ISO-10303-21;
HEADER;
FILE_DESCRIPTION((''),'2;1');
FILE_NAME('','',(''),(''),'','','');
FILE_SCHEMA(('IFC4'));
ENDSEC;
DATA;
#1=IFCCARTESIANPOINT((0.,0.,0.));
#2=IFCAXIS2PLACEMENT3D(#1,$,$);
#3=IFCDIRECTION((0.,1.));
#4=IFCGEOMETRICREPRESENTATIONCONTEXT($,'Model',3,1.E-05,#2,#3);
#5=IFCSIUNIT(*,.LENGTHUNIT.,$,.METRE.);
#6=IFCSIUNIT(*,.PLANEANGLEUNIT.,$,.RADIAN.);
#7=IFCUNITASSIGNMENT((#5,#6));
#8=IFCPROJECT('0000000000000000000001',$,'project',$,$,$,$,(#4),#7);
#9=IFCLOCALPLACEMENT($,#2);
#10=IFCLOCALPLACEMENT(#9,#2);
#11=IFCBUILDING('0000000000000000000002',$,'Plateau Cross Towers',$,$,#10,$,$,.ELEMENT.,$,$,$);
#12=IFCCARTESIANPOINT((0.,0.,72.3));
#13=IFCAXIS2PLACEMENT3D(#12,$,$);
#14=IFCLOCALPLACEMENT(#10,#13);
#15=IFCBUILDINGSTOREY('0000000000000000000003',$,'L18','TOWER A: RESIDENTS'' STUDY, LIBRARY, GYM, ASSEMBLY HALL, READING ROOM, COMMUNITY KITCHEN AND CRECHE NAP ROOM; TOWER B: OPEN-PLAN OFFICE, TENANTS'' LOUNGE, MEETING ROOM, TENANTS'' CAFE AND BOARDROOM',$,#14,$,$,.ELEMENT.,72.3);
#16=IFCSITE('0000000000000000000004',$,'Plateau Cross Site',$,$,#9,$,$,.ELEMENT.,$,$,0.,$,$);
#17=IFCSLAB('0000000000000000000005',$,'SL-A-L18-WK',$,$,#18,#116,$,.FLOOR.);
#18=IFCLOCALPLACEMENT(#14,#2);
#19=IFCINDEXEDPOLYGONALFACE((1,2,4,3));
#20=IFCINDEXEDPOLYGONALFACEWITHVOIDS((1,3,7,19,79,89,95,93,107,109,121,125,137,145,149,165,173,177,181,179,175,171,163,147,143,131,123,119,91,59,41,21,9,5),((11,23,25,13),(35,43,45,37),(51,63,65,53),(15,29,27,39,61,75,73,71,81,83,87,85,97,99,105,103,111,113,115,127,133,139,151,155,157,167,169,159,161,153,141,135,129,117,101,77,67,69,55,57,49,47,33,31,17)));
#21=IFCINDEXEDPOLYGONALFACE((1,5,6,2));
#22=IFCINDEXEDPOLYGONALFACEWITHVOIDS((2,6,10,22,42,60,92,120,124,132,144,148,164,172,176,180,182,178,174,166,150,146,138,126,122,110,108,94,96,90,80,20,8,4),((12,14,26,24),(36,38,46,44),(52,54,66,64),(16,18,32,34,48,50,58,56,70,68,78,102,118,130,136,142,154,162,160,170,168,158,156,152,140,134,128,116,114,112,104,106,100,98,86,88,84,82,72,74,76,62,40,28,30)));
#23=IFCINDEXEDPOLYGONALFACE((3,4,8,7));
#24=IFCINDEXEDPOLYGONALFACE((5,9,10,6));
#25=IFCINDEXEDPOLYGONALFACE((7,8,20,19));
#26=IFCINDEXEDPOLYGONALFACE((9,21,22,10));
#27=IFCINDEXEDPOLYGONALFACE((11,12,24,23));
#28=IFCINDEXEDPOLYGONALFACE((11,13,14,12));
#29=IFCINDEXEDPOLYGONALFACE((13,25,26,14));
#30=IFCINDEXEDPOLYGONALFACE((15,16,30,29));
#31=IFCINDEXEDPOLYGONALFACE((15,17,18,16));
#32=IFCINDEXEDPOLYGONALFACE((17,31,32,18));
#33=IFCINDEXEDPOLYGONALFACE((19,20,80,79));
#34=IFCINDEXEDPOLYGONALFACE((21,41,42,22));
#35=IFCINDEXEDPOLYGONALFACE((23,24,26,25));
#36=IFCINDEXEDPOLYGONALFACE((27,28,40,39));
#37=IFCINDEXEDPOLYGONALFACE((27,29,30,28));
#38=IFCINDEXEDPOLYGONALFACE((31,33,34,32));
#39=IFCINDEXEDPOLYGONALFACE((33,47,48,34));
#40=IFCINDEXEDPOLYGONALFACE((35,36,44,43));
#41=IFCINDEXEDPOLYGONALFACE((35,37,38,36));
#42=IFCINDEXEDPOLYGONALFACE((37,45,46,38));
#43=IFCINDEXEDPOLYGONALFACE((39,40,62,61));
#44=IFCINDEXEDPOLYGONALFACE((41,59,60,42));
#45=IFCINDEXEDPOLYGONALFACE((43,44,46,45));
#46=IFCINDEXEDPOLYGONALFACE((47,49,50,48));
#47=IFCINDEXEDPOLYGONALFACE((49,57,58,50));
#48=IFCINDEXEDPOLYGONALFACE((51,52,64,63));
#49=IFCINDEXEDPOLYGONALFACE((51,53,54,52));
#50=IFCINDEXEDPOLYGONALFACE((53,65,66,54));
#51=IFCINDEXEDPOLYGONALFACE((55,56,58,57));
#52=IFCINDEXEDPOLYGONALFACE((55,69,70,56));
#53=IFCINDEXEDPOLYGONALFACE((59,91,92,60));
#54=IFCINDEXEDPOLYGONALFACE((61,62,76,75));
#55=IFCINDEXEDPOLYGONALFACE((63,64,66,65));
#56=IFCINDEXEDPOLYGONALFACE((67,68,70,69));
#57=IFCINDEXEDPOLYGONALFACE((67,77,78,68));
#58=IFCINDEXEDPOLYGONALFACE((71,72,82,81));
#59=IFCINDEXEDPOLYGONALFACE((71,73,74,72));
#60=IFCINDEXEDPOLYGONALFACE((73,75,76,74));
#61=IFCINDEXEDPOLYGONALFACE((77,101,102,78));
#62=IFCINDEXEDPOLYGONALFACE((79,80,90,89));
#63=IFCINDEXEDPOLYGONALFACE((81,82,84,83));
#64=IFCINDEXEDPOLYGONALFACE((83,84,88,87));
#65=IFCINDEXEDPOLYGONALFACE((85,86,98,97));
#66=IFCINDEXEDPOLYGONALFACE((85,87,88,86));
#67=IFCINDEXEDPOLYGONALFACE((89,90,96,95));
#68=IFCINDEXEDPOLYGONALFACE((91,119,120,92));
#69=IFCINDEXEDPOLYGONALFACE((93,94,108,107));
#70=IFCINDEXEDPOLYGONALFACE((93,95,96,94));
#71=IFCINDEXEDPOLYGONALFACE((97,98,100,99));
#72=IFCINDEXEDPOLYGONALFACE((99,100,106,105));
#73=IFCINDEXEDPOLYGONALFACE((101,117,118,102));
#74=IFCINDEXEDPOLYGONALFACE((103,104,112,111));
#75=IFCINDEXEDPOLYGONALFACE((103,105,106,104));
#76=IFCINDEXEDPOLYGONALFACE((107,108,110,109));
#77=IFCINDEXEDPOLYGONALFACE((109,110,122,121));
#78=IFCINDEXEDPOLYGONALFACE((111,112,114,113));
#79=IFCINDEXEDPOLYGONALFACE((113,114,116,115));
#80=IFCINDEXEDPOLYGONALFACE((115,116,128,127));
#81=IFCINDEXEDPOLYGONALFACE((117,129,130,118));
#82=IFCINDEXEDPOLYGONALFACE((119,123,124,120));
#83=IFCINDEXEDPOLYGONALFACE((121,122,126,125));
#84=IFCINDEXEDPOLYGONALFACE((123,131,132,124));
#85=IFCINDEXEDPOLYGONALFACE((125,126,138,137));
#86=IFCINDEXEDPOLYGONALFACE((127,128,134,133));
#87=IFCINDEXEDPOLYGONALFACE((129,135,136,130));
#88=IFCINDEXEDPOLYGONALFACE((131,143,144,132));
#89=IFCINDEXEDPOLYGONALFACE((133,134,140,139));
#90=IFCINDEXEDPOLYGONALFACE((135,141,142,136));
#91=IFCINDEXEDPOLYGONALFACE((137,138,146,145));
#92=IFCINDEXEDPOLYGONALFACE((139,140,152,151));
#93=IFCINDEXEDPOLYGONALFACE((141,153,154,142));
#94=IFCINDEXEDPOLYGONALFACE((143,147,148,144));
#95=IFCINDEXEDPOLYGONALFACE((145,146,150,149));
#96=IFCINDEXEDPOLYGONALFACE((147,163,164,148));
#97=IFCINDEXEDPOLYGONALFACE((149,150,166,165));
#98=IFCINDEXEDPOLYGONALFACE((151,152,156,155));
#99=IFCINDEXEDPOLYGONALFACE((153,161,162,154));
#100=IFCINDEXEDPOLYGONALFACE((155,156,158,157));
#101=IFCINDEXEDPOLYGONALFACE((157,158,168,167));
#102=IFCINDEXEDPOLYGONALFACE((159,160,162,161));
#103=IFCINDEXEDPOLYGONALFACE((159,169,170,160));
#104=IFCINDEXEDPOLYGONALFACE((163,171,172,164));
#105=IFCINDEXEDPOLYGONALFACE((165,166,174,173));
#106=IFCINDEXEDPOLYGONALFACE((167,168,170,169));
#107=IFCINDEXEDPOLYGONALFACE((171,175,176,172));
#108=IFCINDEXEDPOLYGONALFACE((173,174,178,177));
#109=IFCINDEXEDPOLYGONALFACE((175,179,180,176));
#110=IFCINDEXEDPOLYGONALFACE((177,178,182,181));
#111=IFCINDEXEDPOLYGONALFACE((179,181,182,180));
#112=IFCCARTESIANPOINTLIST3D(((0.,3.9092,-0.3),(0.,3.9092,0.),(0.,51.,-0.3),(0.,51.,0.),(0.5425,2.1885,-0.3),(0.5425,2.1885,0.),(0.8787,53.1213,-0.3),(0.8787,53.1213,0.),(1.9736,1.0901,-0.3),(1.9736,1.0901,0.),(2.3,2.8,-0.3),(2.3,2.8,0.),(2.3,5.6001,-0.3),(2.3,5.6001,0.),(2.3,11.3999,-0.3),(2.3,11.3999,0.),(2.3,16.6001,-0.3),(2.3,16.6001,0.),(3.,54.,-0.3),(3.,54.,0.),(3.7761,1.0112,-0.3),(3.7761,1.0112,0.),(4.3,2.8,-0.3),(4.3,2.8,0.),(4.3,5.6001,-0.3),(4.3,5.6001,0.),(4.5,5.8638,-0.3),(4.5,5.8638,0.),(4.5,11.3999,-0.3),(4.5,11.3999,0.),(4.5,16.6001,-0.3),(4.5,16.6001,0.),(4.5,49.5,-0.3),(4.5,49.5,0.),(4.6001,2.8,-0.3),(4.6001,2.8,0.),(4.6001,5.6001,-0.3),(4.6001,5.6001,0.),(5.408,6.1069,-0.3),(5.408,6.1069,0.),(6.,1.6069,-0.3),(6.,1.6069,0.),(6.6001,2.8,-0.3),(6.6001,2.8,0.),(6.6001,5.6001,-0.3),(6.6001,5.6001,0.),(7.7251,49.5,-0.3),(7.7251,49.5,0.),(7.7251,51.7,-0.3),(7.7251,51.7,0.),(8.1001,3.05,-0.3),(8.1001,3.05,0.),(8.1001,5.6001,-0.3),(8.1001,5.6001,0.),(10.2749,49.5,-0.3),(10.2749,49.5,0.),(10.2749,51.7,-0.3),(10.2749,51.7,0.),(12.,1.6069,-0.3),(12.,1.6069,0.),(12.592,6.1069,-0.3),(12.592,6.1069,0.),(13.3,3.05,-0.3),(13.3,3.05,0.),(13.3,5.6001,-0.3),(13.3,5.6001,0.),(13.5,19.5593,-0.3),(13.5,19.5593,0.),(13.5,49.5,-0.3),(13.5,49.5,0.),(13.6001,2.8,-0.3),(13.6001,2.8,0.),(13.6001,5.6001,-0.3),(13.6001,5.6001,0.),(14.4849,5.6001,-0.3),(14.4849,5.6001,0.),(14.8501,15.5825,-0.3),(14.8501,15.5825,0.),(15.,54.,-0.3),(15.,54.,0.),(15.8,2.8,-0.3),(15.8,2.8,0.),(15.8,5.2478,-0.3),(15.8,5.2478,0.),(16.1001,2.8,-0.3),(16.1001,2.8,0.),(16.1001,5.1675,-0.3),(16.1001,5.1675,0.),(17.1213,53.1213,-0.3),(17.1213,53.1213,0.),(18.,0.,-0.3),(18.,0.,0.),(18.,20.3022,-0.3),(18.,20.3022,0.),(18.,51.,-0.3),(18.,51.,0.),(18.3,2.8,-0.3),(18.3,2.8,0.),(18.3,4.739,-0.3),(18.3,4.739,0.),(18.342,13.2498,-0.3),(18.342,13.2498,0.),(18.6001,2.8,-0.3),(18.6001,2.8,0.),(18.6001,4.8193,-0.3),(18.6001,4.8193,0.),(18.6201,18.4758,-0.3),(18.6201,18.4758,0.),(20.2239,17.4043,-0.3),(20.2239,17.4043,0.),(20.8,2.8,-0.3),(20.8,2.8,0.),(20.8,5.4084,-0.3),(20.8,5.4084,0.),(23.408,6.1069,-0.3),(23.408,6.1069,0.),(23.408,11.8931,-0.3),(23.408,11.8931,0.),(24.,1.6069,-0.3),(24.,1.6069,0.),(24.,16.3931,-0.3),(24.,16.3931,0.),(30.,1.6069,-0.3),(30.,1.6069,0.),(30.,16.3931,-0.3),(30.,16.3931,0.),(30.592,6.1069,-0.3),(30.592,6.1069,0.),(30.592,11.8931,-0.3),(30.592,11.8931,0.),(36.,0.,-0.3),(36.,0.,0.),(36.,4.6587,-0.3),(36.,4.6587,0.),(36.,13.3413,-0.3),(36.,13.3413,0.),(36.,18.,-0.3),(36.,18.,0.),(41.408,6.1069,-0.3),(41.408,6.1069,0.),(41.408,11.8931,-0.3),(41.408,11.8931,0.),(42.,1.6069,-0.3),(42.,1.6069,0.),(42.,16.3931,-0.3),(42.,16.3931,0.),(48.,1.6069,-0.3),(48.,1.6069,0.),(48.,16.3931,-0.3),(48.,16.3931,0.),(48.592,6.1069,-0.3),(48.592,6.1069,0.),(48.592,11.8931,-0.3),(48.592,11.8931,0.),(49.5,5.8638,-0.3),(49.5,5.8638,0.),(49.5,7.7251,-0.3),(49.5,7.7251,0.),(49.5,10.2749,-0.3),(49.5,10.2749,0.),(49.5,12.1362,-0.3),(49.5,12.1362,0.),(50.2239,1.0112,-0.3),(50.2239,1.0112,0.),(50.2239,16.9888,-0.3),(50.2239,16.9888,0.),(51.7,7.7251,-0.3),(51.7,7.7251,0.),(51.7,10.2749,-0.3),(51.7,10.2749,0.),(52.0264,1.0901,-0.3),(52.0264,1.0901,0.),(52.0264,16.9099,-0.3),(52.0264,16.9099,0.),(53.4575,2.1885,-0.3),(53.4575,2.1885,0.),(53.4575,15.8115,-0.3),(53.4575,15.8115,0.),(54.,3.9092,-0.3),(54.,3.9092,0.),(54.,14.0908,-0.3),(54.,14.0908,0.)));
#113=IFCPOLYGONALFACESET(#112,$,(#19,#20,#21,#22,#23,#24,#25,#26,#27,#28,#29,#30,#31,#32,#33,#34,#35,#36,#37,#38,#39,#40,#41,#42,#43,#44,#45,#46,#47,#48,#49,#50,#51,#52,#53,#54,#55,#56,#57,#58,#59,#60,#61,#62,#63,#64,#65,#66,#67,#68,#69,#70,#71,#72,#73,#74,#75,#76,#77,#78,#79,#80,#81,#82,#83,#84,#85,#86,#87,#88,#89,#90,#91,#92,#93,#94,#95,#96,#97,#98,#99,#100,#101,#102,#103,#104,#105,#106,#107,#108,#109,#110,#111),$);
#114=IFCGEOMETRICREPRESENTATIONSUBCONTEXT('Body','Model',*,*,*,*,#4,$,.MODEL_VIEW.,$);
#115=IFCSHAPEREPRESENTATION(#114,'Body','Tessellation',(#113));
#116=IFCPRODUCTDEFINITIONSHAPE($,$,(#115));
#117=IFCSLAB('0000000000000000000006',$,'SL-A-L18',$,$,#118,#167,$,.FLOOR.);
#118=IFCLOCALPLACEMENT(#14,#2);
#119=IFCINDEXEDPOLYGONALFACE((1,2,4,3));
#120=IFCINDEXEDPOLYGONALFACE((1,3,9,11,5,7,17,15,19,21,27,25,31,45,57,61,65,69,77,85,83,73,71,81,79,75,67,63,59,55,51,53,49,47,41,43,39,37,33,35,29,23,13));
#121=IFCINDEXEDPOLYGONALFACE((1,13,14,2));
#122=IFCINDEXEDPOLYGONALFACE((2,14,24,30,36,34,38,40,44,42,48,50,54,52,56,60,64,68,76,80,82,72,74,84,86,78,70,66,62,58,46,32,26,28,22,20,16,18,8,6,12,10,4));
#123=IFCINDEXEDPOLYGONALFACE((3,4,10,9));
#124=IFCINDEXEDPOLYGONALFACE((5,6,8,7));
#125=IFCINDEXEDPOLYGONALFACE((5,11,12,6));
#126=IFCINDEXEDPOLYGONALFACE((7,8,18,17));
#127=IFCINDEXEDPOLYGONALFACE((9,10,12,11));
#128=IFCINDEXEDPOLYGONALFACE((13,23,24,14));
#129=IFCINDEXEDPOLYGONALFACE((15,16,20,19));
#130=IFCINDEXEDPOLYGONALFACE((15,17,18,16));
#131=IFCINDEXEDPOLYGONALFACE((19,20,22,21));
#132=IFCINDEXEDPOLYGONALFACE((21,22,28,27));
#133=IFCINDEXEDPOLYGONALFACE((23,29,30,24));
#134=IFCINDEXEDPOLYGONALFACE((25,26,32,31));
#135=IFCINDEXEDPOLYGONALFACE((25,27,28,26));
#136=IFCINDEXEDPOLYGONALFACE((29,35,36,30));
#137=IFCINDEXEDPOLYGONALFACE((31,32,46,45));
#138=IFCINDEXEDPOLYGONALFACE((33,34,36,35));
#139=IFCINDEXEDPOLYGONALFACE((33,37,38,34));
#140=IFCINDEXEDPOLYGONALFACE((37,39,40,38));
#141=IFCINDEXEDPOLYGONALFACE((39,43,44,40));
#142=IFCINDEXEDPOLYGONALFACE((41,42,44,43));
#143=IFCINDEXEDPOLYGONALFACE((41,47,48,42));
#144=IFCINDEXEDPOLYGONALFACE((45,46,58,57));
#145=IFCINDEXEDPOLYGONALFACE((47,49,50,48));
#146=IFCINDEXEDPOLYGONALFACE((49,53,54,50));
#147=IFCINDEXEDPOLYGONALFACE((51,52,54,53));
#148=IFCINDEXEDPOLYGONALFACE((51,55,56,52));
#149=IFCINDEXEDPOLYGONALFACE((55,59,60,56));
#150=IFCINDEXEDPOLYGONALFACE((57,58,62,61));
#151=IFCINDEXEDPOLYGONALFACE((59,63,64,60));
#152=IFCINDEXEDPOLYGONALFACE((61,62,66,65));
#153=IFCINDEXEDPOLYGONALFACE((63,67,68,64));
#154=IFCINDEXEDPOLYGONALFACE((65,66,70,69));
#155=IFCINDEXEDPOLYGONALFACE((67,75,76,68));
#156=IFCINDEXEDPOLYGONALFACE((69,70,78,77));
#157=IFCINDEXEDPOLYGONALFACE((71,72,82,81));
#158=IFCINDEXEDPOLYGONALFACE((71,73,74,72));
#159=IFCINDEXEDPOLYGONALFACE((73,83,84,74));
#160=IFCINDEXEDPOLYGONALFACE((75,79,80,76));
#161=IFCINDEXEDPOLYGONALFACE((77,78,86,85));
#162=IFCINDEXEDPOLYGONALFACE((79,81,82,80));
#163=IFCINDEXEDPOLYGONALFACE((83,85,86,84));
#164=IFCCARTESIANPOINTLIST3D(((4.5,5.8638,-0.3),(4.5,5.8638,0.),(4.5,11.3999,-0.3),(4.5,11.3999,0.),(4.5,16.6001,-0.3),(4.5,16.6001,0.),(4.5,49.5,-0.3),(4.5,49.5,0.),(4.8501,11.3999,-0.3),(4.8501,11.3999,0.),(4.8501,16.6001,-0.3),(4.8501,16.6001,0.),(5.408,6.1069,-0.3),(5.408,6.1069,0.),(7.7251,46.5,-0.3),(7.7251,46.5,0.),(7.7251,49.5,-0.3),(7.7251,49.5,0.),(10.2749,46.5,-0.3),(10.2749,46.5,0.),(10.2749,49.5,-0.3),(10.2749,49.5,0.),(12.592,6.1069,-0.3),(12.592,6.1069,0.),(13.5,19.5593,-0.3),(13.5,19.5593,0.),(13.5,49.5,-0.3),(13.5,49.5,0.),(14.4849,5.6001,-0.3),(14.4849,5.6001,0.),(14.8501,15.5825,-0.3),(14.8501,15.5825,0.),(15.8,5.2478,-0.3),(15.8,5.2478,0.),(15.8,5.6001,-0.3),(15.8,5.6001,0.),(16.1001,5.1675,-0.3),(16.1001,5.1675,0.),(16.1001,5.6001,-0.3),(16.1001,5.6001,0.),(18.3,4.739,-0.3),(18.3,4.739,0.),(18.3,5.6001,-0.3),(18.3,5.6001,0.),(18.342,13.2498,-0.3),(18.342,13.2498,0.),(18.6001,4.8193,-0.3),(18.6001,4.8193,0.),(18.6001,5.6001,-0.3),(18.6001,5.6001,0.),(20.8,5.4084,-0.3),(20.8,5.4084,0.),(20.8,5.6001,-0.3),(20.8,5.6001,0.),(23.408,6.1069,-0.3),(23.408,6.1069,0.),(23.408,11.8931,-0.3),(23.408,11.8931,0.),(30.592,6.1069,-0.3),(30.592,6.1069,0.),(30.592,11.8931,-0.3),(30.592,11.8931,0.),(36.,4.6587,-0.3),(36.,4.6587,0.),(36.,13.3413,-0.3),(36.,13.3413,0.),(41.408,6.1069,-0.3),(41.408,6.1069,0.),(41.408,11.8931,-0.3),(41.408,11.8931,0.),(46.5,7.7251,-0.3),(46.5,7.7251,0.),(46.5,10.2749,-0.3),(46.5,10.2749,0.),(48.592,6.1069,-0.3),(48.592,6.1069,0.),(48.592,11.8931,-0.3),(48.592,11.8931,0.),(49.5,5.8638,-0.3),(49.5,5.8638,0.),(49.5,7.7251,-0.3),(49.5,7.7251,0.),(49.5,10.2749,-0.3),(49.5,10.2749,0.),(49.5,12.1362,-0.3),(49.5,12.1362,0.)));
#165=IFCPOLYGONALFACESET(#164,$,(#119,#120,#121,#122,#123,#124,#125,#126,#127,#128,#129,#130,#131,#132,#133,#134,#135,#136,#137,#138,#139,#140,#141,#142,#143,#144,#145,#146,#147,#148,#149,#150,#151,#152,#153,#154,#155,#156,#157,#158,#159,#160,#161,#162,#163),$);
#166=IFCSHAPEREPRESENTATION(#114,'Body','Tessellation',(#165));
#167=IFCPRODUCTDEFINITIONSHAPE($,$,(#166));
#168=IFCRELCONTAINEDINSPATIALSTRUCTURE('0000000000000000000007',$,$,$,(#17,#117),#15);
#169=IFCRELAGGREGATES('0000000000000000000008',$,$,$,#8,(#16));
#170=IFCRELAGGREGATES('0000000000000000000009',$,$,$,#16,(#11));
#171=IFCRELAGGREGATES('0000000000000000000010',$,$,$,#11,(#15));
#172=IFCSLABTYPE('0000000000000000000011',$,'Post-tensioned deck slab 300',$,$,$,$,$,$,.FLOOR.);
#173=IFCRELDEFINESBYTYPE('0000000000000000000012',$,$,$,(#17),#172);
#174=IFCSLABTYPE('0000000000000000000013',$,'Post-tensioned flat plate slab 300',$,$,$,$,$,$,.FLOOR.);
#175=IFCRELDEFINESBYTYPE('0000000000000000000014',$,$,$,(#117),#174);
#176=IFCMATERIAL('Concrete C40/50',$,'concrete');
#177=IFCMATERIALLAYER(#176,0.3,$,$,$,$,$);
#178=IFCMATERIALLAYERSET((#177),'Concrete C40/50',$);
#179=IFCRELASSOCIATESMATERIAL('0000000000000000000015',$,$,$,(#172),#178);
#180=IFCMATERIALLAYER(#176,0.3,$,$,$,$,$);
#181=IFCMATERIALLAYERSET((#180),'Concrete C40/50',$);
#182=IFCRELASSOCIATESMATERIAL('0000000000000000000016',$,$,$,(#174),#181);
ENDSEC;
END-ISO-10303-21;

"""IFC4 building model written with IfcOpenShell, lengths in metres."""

from ifc_helpers import new_model, si_unit, direction, frame, origin, place, context, subcontext, project, spatial, polyline, outline, extrude, material, layer, layer_set, type_object, element, save


model = new_model("IFC4")

# Units and contexts
model_context = context("Model", 3, precision=1e-05, world=origin(), true_north=direction((0.0, 1.0)))
body_context = subcontext(model_context, "Body", "Model", "MODEL_VIEW")
ifc_project = project(units=[si_unit("LENGTHUNIT", "METRE"), si_unit("PLANEANGLEUNIT", "RADIAN")], contexts=[model_context])

# Site, building, storey
site_placement = place(None, origin())
site = spatial("IfcSite", under=ifc_project, at=site_placement, Name="Plateau Cross Site", CompositionType="ELEMENT", RefElevation=0.0)
building_placement = place(site_placement, origin())
building = spatial("IfcBuilding", under=site, at=building_placement, Name="Plateau Cross Towers", CompositionType="ELEMENT")
storey_placement = place(building_placement, frame((0.0, 0.0, 72.3)))
storey = spatial("IfcBuildingStorey", under=building, at=storey_placement, Name="L18", Description="TOWER A: RESIDENTS' STUDY, LIBRARY, GYM, ASSEMBLY HALL, READING ROOM, COMMUNITY KITCHEN AND CRECHE NAP ROOM; TOWER B: OPEN-PLAN OFFICE, TENANTS' LOUNGE, MEETING ROOM, TENANTS' CAFE AND BOARDROOM", CompositionType="ELEMENT", Elevation=72.3)

# Slabs
ifc_material_1 = material(Name="Concrete C40/50", Category="concrete")
ifc_layer_1 = layer(ifc_material_1, 0.3)
ifc_layer_set_1 = layer_set([ifc_layer_1], Name="Concrete C40/50")
slab_type_1 = type_object("IfcSlabType", Name="Post-tensioned deck slab 300", PredefinedType="FLOOR", material=ifc_layer_set_1)
slab_1_placement = place(storey_placement, frame((0.0, 0.0, -0.3)))
element("IfcSlab", 1, at=slab_1_placement, inside=storey, type_object=slab_type_1, Name="SL-A-L18-WK", PredefinedType="FLOOR", context=body_context, shape_type="SweptSolid", body=[
    extrude(outline(polyline([(0.5425, 2.1885), (0.0, 3.9092), (0.0, 51.0), (0.8787, 53.1213), (3.0, 54.0), (15.0, 54.0), (17.1213, 53.1213), (18.0, 51.0), (18.0, 20.3022), (18.6201, 18.4758), (20.2239, 17.4043), (24.0, 16.3931), (30.0, 16.3931), (36.0, 18.0), (42.0, 16.3931), (48.0, 16.3931), (50.2239, 16.9888), (52.0264, 16.9099), (53.4575, 15.8115), (54.0, 14.0908), (54.0, 3.9092), (53.4575, 2.1885), (52.0264, 1.0901), (50.2239, 1.0112), (48.0, 1.6069), (42.0, 1.6069), (36.0, 0.0), (30.0, 1.6069), (24.0, 1.6069), (18.0, 0.0), (12.0, 1.6069), (6.0, 1.6069), (3.7761, 1.0112), (1.9736, 1.0901), (0.5425, 2.1885)]), holes=[polyline([(4.3, 5.6001), (2.3, 5.6001), (2.3, 2.8), (4.3, 2.8), (4.3, 5.6001)]), polyline([(6.6001, 5.6001), (4.6001, 5.6001), (4.6001, 2.8), (6.6001, 2.8), (6.6001, 5.6001)]), polyline([(15.8, 5.2478), (16.1001, 5.1675), (16.1001, 2.8), (18.3, 2.8), (18.3, 4.739), (18.6001, 4.8193), (18.6001, 2.8), (20.8, 2.8), (20.8, 5.4084), (23.408, 6.1069), (30.592, 6.1069), (36.0, 4.6587), (41.408, 6.1069), (48.592, 6.1069), (49.5, 5.8638), (49.5, 7.7251), (51.7, 7.7251), (51.7, 10.2749), (49.5, 10.2749), (49.5, 12.1362), (48.592, 11.8931), (41.408, 11.8931), (36.0, 13.3413), (30.592, 11.8931), (23.408, 11.8931), (18.342, 13.2498), (14.8501, 15.5825), (13.5, 19.5593), (13.5, 49.5), (10.2749, 49.5), (10.2749, 51.7), (7.7251, 51.7), (7.7251, 49.5), (4.5, 49.5), (4.5, 16.6001), (2.3, 16.6001), (2.3, 11.3999), (4.5, 11.3999), (4.5, 5.8638), (5.408, 6.1069), (12.592, 6.1069), (14.4849, 5.6001), (13.6001, 5.6001), (13.6001, 2.8), (15.8, 2.8), (15.8, 5.2478)]), polyline([(13.3, 5.6001), (8.1001, 5.6001), (8.1001, 3.05), (13.3, 3.05), (13.3, 5.6001)])]), origin(), (0.0, 0.0, 1.0), 0.3),
])
ifc_layer_2 = layer(ifc_material_1, 0.3)
ifc_layer_set_2 = layer_set([ifc_layer_2], Name="Concrete C40/50")
slab_type_2 = type_object("IfcSlabType", Name="Post-tensioned flat plate slab 300", PredefinedType="FLOOR", material=ifc_layer_set_2)
slab_2_placement = place(storey_placement, frame((0.0, 0.0, -0.3)))
element("IfcSlab", 2, at=slab_2_placement, inside=storey, type_object=slab_type_2, Name="SL-A-L18", PredefinedType="FLOOR", context=body_context, shape_type="SweptSolid", body=[
    extrude(outline(polyline([(15.8, 5.6001), (14.4849, 5.6001), (12.592, 6.1069), (5.408, 6.1069), (4.5, 5.8638), (4.5, 11.3999), (4.8501, 11.3999), (4.8501, 16.6001), (4.5, 16.6001), (4.5, 49.5), (7.7251, 49.5), (7.7251, 46.5), (10.2749, 46.5), (10.2749, 49.5), (13.5, 49.5), (13.5, 19.5593), (14.8501, 15.5825), (18.342, 13.2498), (23.408, 11.8931), (30.592, 11.8931), (36.0, 13.3413), (41.408, 11.8931), (48.592, 11.8931), (49.5, 12.1362), (49.5, 10.2749), (46.5, 10.2749), (46.5, 7.7251), (49.5, 7.7251), (49.5, 5.8638), (48.592, 6.1069), (41.408, 6.1069), (36.0, 4.6587), (30.592, 6.1069), (23.408, 6.1069), (20.8, 5.4084), (20.8, 5.6001), (18.6001, 5.6001), (18.6001, 4.8193), (18.3, 4.739), (18.3, 5.6001), (16.1001, 5.6001), (16.1001, 5.1675), (15.8, 5.2478), (15.8, 5.6001)])), origin(), (0.0, 0.0, 1.0), 0.3),
])

save(model, "model.ifc")
